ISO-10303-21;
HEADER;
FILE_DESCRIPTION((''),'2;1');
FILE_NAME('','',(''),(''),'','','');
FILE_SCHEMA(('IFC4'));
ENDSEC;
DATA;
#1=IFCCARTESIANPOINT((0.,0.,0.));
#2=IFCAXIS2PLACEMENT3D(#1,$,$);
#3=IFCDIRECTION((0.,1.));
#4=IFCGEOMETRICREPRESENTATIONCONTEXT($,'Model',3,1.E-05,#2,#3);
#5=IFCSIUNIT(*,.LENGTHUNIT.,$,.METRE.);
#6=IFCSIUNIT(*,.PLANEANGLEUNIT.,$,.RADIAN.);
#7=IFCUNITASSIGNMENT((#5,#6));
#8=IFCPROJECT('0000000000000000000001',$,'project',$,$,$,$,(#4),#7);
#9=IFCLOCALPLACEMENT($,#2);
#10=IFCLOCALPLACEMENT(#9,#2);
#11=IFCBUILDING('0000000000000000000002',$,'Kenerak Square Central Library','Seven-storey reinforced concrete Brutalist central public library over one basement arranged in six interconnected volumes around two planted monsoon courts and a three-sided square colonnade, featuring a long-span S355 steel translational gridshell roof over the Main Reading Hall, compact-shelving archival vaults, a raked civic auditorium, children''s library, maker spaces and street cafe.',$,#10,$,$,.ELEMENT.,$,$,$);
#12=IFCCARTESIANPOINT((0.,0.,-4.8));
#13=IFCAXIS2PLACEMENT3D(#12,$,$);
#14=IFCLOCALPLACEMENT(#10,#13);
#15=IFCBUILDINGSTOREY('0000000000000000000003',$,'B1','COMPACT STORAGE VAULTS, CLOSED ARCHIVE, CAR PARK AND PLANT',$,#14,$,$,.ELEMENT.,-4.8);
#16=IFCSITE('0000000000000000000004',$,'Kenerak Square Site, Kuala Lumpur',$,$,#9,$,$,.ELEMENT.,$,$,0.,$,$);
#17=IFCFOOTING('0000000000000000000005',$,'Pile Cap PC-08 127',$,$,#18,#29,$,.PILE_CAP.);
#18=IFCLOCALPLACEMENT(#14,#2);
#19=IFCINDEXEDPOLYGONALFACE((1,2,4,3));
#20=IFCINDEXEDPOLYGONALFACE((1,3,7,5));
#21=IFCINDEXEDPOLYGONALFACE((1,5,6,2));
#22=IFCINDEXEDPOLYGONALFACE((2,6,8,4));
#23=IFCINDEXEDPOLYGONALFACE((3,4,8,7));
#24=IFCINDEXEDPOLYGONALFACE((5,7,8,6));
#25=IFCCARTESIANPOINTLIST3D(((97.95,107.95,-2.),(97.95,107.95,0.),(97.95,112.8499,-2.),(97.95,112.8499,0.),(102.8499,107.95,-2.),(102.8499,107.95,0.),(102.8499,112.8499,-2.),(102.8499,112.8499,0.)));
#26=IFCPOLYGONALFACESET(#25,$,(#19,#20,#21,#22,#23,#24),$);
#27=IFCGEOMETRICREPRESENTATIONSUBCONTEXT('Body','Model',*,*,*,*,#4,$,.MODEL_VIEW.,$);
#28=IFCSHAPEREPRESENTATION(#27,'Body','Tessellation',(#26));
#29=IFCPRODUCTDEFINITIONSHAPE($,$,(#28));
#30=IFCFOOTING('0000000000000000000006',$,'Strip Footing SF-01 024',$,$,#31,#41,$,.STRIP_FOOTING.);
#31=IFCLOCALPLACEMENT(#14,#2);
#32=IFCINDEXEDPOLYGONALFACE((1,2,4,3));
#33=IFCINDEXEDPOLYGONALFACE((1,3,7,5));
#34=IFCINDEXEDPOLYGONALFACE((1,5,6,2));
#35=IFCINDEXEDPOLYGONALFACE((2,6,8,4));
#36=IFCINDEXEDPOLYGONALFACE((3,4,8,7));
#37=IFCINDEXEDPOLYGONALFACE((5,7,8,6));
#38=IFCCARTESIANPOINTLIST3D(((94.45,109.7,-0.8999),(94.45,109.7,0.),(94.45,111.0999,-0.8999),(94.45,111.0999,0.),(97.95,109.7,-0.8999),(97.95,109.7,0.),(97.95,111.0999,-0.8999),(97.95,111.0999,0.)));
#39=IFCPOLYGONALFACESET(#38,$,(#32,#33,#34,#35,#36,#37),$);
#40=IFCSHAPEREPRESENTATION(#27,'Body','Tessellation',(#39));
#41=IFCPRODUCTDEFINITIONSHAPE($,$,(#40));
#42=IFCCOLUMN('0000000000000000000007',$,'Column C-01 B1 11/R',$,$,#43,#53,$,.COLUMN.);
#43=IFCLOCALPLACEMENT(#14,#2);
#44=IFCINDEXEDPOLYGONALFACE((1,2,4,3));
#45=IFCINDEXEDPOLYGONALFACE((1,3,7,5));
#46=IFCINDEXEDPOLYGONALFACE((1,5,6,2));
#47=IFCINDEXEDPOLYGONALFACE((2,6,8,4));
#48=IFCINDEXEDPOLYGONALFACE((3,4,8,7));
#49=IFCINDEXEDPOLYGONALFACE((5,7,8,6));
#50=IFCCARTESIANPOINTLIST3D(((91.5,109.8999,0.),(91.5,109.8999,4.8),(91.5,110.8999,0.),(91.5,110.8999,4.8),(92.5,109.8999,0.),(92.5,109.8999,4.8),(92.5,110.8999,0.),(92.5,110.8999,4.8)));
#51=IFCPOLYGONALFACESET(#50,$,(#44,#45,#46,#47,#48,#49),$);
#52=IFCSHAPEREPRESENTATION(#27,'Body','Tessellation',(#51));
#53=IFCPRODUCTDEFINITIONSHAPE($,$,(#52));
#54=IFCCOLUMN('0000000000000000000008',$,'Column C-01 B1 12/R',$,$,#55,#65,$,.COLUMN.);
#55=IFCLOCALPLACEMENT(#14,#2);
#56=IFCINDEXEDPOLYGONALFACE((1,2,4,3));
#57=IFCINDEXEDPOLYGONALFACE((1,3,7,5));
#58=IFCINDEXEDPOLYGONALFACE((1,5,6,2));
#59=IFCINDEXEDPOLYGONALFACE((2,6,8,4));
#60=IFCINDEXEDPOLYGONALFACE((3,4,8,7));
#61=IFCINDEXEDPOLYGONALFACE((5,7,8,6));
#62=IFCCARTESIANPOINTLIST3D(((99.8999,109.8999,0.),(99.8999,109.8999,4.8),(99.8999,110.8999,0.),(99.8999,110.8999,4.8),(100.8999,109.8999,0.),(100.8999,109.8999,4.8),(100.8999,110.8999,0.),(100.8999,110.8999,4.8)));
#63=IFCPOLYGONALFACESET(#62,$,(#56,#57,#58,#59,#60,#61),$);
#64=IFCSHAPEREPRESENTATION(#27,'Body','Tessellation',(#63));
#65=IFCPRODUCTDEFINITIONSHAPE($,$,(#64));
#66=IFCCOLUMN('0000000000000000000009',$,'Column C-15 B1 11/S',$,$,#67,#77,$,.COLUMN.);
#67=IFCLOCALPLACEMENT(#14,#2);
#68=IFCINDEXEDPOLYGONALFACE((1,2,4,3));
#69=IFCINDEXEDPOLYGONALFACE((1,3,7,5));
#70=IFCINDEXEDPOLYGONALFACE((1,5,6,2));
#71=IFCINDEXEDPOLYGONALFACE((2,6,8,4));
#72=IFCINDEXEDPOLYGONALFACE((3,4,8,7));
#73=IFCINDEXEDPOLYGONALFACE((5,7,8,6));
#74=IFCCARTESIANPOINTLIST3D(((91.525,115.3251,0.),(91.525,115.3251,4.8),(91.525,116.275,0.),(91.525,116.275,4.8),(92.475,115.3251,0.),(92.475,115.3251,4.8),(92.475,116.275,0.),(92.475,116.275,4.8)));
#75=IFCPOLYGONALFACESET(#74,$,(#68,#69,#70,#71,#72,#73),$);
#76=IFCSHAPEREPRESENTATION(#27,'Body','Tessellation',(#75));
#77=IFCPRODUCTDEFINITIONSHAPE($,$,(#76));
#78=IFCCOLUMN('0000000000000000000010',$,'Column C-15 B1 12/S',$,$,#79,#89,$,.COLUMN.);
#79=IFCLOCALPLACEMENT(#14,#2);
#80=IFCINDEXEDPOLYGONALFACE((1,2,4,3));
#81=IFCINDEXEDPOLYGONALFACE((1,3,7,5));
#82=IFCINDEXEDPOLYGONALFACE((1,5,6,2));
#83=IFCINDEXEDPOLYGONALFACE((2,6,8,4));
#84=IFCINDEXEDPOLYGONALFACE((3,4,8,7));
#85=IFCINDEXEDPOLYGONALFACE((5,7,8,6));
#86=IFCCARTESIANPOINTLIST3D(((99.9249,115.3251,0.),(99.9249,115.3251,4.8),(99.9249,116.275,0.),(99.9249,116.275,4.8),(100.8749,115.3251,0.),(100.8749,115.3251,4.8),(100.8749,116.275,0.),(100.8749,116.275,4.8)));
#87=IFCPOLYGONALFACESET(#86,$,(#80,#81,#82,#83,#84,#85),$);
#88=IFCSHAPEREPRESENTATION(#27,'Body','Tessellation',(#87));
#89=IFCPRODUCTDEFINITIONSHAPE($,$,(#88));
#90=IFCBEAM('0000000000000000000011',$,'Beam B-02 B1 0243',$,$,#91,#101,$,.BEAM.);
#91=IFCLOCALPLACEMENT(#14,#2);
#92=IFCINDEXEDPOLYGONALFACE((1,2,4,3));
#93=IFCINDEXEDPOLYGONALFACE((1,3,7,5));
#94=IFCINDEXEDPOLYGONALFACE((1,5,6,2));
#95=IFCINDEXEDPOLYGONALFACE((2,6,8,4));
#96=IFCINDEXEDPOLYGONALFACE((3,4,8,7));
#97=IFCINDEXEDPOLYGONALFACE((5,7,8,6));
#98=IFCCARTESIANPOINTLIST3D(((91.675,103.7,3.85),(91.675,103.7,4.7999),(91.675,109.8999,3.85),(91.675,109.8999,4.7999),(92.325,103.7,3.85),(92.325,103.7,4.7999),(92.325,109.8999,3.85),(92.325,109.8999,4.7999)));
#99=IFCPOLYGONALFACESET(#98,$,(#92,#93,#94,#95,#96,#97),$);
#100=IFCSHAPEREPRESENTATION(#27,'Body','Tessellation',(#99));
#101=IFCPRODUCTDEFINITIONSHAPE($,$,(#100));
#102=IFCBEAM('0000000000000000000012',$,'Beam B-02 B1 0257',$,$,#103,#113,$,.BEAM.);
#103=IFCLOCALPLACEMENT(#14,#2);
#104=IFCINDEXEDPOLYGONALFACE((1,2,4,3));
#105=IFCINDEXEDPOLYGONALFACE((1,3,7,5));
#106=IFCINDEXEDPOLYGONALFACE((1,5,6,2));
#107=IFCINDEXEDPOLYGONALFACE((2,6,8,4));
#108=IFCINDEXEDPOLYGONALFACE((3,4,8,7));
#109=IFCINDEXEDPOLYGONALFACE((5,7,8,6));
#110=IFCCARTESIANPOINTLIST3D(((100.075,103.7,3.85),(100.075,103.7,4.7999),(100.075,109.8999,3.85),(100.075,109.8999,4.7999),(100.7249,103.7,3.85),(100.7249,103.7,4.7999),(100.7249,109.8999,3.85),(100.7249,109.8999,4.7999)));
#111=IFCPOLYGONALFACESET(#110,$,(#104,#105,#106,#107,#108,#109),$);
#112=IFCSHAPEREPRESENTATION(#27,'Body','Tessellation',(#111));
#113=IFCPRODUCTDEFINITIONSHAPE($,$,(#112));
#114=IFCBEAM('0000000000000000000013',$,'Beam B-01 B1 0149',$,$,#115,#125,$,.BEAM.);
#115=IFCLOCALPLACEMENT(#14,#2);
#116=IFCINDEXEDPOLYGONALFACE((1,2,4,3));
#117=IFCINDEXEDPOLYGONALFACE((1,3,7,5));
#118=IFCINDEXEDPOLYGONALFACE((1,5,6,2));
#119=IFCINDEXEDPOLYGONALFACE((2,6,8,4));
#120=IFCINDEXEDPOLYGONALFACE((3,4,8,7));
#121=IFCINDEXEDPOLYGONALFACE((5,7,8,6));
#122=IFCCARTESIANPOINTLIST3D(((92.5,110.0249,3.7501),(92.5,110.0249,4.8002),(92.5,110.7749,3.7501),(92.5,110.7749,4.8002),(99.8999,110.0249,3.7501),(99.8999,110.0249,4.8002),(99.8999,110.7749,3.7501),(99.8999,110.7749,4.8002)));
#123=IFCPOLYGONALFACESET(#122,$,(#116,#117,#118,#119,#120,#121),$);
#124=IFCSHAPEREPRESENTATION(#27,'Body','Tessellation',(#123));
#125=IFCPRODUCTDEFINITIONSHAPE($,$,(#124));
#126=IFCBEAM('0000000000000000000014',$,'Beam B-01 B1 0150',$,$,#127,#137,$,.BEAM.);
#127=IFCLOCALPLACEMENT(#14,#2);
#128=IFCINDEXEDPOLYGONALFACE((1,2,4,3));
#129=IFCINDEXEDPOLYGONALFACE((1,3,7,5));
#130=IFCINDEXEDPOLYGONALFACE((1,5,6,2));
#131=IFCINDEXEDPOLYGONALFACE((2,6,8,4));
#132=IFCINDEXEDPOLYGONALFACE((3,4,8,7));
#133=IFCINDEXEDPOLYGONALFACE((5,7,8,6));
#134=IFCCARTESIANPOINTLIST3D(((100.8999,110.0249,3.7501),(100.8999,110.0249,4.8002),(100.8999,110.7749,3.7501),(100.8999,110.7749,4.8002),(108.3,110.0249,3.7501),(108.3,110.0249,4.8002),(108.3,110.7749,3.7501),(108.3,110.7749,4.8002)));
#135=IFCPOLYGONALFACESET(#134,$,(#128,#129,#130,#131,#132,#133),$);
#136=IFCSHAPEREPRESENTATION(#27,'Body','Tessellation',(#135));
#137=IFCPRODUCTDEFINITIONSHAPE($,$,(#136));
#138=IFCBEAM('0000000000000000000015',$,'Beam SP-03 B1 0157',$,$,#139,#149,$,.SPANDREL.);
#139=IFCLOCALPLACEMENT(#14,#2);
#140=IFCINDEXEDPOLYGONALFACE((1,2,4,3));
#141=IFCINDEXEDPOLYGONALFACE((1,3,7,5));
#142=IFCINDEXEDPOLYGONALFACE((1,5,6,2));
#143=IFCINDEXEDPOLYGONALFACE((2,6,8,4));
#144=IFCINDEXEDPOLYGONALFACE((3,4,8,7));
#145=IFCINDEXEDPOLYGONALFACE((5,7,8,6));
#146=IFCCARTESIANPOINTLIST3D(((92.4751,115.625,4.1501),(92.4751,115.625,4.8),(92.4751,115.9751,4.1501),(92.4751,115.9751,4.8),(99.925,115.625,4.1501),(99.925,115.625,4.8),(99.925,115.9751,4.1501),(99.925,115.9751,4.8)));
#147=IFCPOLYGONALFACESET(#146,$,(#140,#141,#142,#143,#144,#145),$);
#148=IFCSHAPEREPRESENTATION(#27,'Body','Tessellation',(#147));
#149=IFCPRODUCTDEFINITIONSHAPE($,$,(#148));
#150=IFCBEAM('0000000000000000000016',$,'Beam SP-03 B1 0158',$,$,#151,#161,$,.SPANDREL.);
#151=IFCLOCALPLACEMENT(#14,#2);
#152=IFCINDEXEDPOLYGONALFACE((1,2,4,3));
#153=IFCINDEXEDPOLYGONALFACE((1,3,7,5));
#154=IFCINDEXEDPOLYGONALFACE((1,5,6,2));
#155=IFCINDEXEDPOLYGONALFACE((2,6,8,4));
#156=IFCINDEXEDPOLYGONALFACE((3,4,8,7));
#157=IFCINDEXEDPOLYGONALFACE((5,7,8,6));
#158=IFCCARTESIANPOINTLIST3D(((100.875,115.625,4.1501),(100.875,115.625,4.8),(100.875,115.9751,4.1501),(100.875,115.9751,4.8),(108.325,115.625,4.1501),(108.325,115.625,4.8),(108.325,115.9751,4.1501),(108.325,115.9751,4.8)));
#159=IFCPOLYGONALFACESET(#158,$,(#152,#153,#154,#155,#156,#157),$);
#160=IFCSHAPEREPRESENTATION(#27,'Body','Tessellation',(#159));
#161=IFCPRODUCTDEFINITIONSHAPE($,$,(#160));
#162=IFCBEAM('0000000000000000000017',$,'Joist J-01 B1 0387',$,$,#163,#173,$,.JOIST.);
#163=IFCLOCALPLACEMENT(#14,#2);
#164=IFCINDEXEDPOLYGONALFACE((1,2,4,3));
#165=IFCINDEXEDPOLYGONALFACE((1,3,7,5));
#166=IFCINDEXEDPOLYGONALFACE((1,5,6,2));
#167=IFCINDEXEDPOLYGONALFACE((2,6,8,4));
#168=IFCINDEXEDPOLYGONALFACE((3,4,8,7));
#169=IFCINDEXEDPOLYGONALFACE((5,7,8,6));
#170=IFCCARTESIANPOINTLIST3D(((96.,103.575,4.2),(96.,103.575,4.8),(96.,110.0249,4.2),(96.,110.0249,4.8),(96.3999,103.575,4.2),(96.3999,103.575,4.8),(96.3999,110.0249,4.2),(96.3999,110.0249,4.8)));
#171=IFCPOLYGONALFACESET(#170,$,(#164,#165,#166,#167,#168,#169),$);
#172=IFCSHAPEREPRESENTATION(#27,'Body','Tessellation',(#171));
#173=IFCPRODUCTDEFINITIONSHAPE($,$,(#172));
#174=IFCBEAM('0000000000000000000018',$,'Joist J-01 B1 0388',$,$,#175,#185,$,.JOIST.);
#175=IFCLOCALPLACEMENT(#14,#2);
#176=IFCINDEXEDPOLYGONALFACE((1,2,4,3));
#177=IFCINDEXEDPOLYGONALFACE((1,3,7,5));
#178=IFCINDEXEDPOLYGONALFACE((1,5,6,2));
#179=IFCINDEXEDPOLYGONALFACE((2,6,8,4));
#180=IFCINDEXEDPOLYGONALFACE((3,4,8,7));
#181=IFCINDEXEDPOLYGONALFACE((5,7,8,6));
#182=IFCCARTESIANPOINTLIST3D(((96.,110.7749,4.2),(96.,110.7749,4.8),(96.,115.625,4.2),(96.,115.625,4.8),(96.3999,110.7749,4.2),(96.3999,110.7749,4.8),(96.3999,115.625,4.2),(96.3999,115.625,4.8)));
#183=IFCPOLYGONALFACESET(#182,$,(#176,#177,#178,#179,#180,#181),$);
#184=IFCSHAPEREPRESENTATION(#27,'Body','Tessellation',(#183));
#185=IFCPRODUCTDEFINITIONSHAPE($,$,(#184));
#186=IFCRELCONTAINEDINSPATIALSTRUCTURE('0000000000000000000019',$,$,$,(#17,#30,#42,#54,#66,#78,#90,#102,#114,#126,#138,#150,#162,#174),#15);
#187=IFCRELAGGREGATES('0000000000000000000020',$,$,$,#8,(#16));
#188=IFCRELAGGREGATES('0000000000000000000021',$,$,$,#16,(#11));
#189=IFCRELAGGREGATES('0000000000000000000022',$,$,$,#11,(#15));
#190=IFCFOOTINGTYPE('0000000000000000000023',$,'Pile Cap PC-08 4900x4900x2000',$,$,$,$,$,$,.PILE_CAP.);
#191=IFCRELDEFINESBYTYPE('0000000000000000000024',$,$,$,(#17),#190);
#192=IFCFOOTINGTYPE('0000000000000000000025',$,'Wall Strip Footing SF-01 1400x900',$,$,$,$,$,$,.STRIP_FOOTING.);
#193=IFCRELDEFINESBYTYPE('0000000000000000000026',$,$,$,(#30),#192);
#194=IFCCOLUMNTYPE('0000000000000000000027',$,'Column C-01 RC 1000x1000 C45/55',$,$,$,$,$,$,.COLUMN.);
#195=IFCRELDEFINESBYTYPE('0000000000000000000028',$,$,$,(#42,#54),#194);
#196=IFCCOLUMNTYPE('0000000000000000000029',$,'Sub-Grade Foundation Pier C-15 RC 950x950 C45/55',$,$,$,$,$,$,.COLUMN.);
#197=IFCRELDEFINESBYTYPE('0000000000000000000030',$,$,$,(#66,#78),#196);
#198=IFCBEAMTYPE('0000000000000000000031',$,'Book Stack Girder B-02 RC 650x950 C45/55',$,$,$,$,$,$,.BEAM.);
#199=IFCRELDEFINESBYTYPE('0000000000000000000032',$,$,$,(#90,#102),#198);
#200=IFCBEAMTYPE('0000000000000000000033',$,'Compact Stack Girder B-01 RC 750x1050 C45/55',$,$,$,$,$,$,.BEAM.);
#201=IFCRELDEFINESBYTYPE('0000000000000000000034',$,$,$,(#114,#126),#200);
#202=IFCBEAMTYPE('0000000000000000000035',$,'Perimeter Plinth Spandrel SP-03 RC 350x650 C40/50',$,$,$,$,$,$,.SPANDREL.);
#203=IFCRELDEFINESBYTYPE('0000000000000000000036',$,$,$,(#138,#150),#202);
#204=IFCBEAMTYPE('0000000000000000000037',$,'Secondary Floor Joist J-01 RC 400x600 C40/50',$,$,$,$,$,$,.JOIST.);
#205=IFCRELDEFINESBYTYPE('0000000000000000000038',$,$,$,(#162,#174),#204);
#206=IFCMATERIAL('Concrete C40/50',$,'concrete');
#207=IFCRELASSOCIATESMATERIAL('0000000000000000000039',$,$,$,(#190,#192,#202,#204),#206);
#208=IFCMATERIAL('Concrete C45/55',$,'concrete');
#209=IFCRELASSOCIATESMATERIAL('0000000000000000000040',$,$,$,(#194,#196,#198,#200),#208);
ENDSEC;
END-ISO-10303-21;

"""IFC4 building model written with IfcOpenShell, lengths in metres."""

from ifc_helpers import new_model, si_unit, direction, frame, origin, origin_2d, place, context, subcontext, project, spatial, rectangle, extrude, material, material_profile, profile_set, type_object, element, save


model = new_model("IFC4")

# Units and contexts
model_context = context("Model", 3, precision=1e-05, world=origin(), true_north=direction((0.0, 1.0)))
body_context = subcontext(model_context, "Body", "Model", "MODEL_VIEW")
ifc_project = project(units=[si_unit("LENGTHUNIT", "METRE"), si_unit("PLANEANGLEUNIT", "RADIAN")], contexts=[model_context])

# Site, building, storey
site_placement = place(None, origin())
site = spatial("IfcSite", under=ifc_project, at=site_placement, Name="Kenerak Square Site, Kuala Lumpur", CompositionType="ELEMENT", RefElevation=0.0)
building_placement = place(site_placement, origin())
building = spatial("IfcBuilding", under=site, at=building_placement, Name="Kenerak Square Central Library", Description="Seven-storey reinforced concrete Brutalist central public library over one basement arranged in six interconnected volumes around two planted monsoon courts and a three-sided square colonnade, featuring a long-span S355 steel translational gridshell roof over the Main Reading Hall, compact-shelving archival vaults, a raked civic auditorium, children's library, maker spaces and street cafe.", CompositionType="ELEMENT")
storey_placement = place(building_placement, frame((0.0, 0.0, -4.8)))
storey = spatial("IfcBuildingStorey", under=building, at=storey_placement, Name="B1", Description="COMPACT STORAGE VAULTS, CLOSED ARCHIVE, CAR PARK AND PLANT", CompositionType="ELEMENT", Elevation=-4.8)

# Shared definitions
ifc_material_1 = material(Name="Concrete C40/50", Category="concrete")

# Footings
footing_type_1 = type_object("IfcFootingType", Name="Pile Cap PC-08 4900x4900x2000", PredefinedType="PILE_CAP", material=ifc_material_1)
footing_1_placement = place(storey_placement, frame((100.3999, 110.3999, -2.0), z_axis=(0.0, 0.0, 1.0), x_axis=(1.0, 0.0, 0.0)))
element("IfcFooting", 1, at=footing_1_placement, inside=storey, type_object=footing_type_1, Name="Pile Cap PC-08 127", PredefinedType="PILE_CAP", context=body_context, shape_type="SweptSolid", body=[
    extrude(rectangle(XDim=4.8999, YDim=4.8999, at=origin_2d()), origin(), (0.0, 0.0, 1.0), 2.0),
])
footing_type_2 = type_object("IfcFootingType", Name="Wall Strip Footing SF-01 1400x900", PredefinedType="STRIP_FOOTING", material=ifc_material_1)
footing_2_placement = place(storey_placement, frame((96.2, 110.3999, -0.8999), z_axis=(0.0, 0.0, 1.0), x_axis=(1.0, 0.0, 0.0)))
element("IfcFooting", 2, at=footing_2_placement, inside=storey, type_object=footing_type_2, Name="Strip Footing SF-01 024", PredefinedType="STRIP_FOOTING", context=body_context, shape_type="SweptSolid", body=[
    extrude(rectangle(XDim=3.5, YDim=1.3999, at=origin_2d()), origin(), (0.0, 0.0, 1.0), 0.8999),
])

# Columns
ifc_material_2 = material(Name="Concrete C45/55", Category="concrete")
ifc_material_profile_1 = material_profile(ifc_material_2, rectangle(XDim=1.0, YDim=1.0, at=origin_2d()), Name="RC 1000x1000")
ifc_profile_set_1 = profile_set([ifc_material_profile_1], Name="Concrete C45/55")
column_type_1 = type_object("IfcColumnType", Name="Column C-01 RC 1000x1000 C45/55", PredefinedType="COLUMN", material=ifc_profile_set_1)
for number, where, z_axis, x_axis, name in (
    (3, (92.0, 110.3999, 0.0), (0.0, 0.0, 1.0), (1.0, 0.0, 0.0), "Column C-01 B1 11/R"),
    (4, (100.3999, 110.3999, 0.0), (0.0, 0.0, 1.0), (1.0, 0.0, 0.0), "Column C-01 B1 12/R"),
):
    element("IfcColumn", number, at=place(storey_placement, frame(where, z_axis=z_axis, x_axis=x_axis)), inside=storey, type_object=column_type_1, Name=name, PredefinedType="COLUMN", context=body_context, shape_type="SweptSolid", body=[
        extrude(rectangle(XDim=1.0, YDim=1.0, at=origin_2d()), origin(), (0.0, 0.0, 1.0), 4.8),
    ])
ifc_material_profile_2 = material_profile(ifc_material_2, rectangle(XDim=0.95, YDim=0.95, at=origin_2d()), Name="RC 950x950")
ifc_profile_set_2 = profile_set([ifc_material_profile_2], Name="Concrete C45/55")
column_type_2 = type_object("IfcColumnType", Name="Sub-Grade Foundation Pier C-15 RC 950x950 C45/55", PredefinedType="COLUMN", material=ifc_profile_set_2)
for number, where, z_axis, x_axis, name in (
    (5, (92.0, 115.8, 0.0), (0.0, 0.0, 1.0), (1.0, 0.0, 0.0), "Column C-15 B1 11/S"),
    (6, (100.3999, 115.8, 0.0), (0.0, 0.0, 1.0), (1.0, 0.0, 0.0), "Column C-15 B1 12/S"),
):
    element("IfcColumn", number, at=place(storey_placement, frame(where, z_axis=z_axis, x_axis=x_axis)), inside=storey, type_object=column_type_2, Name=name, PredefinedType="COLUMN", context=body_context, shape_type="SweptSolid", body=[
        extrude(rectangle(XDim=0.95, YDim=0.95, at=origin_2d()), origin(), (0.0, 0.0, 1.0), 4.8),
    ])

# Beams
ifc_material_profile_3 = material_profile(ifc_material_2, rectangle(XDim=0.6499, YDim=0.95, at=origin_2d()), Name="RC 650x950")
ifc_profile_set_3 = profile_set([ifc_material_profile_3], Name="Concrete C45/55")
beam_type_1 = type_object("IfcBeamType", Name="Book Stack Girder B-02 RC 650x950 C45/55", PredefinedType="BEAM", material=ifc_profile_set_3)
for number, where, z_axis, x_axis, name in (
    (7, (92.0, 103.7, 4.325), (0.0, 1.0, 0.0), (-1.0, 0.0, 0.0), "Beam B-02 B1 0243"),
    (8, (100.3999, 103.7, 4.325), (0.0, 1.0, 0.0), (-1.0, 0.0, 0.0), "Beam B-02 B1 0257"),
):
    element("IfcBeam", number, at=place(storey_placement, frame(where, z_axis=z_axis, x_axis=x_axis)), inside=storey, type_object=beam_type_1, Name=name, PredefinedType="BEAM", context=body_context, shape_type="SweptSolid", body=[
        extrude(rectangle(XDim=0.6499, YDim=0.95, at=origin_2d()), origin(), (0.0, 0.0, 1.0), 6.2),
    ])
ifc_material_profile_4 = material_profile(ifc_material_2, rectangle(XDim=0.75, YDim=1.05, at=origin_2d()), Name="RC 750x1050")
ifc_profile_set_4 = profile_set([ifc_material_profile_4], Name="Concrete C45/55")
beam_type_2 = type_object("IfcBeamType", Name="Compact Stack Girder B-01 RC 750x1050 C45/55", PredefinedType="BEAM", material=ifc_profile_set_4)
beam_1_placement = place(storey_placement, frame((92.5, 110.3999, 4.2751), z_axis=(1.0, 0.0, 0.0), x_axis=(0.0, 1.0, 0.0)))
element("IfcBeam", 9, at=beam_1_placement, inside=storey, type_object=beam_type_2, Name="Beam B-01 B1 0149", PredefinedType="BEAM", context=body_context, shape_type="SweptSolid", body=[
    extrude(rectangle(XDim=0.75, YDim=1.05, at=origin_2d()), origin(), (0.0, 0.0, 1.0), 7.3999),
])
beam_2_placement = place(storey_placement, frame((100.8999, 110.3999, 4.2751), z_axis=(1.0, 0.0, 0.0), x_axis=(0.0, 1.0, 0.0)))
element("IfcBeam", 10, at=beam_2_placement, inside=storey, type_object=beam_type_2, Name="Beam B-01 B1 0150", PredefinedType="BEAM", context=body_context, shape_type="SweptSolid", body=[
    extrude(rectangle(XDim=0.75, YDim=1.05, at=origin_2d()), origin(), (0.0, 0.0, 1.0), 7.4001),
])
ifc_material_profile_5 = material_profile(ifc_material_1, rectangle(XDim=0.3501, YDim=0.6499, at=origin_2d()), Name="RC 350x650")
ifc_profile_set_5 = profile_set([ifc_material_profile_5], Name="Concrete C40/50")
beam_type_3 = type_object("IfcBeamType", Name="Perimeter Plinth Spandrel SP-03 RC 350x650 C40/50", PredefinedType="SPANDREL", material=ifc_profile_set_5)
for number, where, z_axis, x_axis, name in (
    (11, (92.4751, 115.8, 4.4751), (1.0, 0.0, 0.0), (0.0, 1.0, 0.0), "Beam SP-03 B1 0157"),
    (12, (100.875, 115.8, 4.4751), (1.0, 0.0, 0.0), (0.0, 1.0, 0.0), "Beam SP-03 B1 0158"),
):
    element("IfcBeam", number, at=place(storey_placement, frame(where, z_axis=z_axis, x_axis=x_axis)), inside=storey, type_object=beam_type_3, Name=name, PredefinedType="SPANDREL", context=body_context, shape_type="SweptSolid", body=[
        extrude(rectangle(XDim=0.3501, YDim=0.6499, at=origin_2d()), origin(), (0.0, 0.0, 1.0), 7.45),
    ])
ifc_material_profile_6 = material_profile(ifc_material_1, rectangle(XDim=0.3999, YDim=0.6001, at=origin_2d()), Name="RC 400x600")
ifc_profile_set_6 = profile_set([ifc_material_profile_6], Name="Concrete C40/50")
beam_type_4 = type_object("IfcBeamType", Name="Secondary Floor Joist J-01 RC 400x600 C40/50", PredefinedType="JOIST", material=ifc_profile_set_6)
beam_3_placement = place(storey_placement, frame((96.2, 103.575, 4.5), z_axis=(0.0, 1.0, 0.0), x_axis=(-1.0, 0.0, 0.0)))
element("IfcBeam", 13, at=beam_3_placement, inside=storey, type_object=beam_type_4, Name="Joist J-01 B1 0387", PredefinedType="JOIST", context=body_context, shape_type="SweptSolid", body=[
    extrude(rectangle(XDim=0.3999, YDim=0.6001, at=origin_2d()), origin(), (0.0, 0.0, 1.0), 6.45),
])
beam_4_placement = place(storey_placement, frame((96.2, 110.7749, 4.5), z_axis=(0.0, 1.0, 0.0), x_axis=(-1.0, 0.0, 0.0)))
element("IfcBeam", 14, at=beam_4_placement, inside=storey, type_object=beam_type_4, Name="Joist J-01 B1 0388", PredefinedType="JOIST", context=body_context, shape_type="SweptSolid", body=[
    extrude(rectangle(XDim=0.3999, YDim=0.6001, at=origin_2d()), origin(), (0.0, 0.0, 1.0), 4.8501),
])

save(model, "model.ifc")
